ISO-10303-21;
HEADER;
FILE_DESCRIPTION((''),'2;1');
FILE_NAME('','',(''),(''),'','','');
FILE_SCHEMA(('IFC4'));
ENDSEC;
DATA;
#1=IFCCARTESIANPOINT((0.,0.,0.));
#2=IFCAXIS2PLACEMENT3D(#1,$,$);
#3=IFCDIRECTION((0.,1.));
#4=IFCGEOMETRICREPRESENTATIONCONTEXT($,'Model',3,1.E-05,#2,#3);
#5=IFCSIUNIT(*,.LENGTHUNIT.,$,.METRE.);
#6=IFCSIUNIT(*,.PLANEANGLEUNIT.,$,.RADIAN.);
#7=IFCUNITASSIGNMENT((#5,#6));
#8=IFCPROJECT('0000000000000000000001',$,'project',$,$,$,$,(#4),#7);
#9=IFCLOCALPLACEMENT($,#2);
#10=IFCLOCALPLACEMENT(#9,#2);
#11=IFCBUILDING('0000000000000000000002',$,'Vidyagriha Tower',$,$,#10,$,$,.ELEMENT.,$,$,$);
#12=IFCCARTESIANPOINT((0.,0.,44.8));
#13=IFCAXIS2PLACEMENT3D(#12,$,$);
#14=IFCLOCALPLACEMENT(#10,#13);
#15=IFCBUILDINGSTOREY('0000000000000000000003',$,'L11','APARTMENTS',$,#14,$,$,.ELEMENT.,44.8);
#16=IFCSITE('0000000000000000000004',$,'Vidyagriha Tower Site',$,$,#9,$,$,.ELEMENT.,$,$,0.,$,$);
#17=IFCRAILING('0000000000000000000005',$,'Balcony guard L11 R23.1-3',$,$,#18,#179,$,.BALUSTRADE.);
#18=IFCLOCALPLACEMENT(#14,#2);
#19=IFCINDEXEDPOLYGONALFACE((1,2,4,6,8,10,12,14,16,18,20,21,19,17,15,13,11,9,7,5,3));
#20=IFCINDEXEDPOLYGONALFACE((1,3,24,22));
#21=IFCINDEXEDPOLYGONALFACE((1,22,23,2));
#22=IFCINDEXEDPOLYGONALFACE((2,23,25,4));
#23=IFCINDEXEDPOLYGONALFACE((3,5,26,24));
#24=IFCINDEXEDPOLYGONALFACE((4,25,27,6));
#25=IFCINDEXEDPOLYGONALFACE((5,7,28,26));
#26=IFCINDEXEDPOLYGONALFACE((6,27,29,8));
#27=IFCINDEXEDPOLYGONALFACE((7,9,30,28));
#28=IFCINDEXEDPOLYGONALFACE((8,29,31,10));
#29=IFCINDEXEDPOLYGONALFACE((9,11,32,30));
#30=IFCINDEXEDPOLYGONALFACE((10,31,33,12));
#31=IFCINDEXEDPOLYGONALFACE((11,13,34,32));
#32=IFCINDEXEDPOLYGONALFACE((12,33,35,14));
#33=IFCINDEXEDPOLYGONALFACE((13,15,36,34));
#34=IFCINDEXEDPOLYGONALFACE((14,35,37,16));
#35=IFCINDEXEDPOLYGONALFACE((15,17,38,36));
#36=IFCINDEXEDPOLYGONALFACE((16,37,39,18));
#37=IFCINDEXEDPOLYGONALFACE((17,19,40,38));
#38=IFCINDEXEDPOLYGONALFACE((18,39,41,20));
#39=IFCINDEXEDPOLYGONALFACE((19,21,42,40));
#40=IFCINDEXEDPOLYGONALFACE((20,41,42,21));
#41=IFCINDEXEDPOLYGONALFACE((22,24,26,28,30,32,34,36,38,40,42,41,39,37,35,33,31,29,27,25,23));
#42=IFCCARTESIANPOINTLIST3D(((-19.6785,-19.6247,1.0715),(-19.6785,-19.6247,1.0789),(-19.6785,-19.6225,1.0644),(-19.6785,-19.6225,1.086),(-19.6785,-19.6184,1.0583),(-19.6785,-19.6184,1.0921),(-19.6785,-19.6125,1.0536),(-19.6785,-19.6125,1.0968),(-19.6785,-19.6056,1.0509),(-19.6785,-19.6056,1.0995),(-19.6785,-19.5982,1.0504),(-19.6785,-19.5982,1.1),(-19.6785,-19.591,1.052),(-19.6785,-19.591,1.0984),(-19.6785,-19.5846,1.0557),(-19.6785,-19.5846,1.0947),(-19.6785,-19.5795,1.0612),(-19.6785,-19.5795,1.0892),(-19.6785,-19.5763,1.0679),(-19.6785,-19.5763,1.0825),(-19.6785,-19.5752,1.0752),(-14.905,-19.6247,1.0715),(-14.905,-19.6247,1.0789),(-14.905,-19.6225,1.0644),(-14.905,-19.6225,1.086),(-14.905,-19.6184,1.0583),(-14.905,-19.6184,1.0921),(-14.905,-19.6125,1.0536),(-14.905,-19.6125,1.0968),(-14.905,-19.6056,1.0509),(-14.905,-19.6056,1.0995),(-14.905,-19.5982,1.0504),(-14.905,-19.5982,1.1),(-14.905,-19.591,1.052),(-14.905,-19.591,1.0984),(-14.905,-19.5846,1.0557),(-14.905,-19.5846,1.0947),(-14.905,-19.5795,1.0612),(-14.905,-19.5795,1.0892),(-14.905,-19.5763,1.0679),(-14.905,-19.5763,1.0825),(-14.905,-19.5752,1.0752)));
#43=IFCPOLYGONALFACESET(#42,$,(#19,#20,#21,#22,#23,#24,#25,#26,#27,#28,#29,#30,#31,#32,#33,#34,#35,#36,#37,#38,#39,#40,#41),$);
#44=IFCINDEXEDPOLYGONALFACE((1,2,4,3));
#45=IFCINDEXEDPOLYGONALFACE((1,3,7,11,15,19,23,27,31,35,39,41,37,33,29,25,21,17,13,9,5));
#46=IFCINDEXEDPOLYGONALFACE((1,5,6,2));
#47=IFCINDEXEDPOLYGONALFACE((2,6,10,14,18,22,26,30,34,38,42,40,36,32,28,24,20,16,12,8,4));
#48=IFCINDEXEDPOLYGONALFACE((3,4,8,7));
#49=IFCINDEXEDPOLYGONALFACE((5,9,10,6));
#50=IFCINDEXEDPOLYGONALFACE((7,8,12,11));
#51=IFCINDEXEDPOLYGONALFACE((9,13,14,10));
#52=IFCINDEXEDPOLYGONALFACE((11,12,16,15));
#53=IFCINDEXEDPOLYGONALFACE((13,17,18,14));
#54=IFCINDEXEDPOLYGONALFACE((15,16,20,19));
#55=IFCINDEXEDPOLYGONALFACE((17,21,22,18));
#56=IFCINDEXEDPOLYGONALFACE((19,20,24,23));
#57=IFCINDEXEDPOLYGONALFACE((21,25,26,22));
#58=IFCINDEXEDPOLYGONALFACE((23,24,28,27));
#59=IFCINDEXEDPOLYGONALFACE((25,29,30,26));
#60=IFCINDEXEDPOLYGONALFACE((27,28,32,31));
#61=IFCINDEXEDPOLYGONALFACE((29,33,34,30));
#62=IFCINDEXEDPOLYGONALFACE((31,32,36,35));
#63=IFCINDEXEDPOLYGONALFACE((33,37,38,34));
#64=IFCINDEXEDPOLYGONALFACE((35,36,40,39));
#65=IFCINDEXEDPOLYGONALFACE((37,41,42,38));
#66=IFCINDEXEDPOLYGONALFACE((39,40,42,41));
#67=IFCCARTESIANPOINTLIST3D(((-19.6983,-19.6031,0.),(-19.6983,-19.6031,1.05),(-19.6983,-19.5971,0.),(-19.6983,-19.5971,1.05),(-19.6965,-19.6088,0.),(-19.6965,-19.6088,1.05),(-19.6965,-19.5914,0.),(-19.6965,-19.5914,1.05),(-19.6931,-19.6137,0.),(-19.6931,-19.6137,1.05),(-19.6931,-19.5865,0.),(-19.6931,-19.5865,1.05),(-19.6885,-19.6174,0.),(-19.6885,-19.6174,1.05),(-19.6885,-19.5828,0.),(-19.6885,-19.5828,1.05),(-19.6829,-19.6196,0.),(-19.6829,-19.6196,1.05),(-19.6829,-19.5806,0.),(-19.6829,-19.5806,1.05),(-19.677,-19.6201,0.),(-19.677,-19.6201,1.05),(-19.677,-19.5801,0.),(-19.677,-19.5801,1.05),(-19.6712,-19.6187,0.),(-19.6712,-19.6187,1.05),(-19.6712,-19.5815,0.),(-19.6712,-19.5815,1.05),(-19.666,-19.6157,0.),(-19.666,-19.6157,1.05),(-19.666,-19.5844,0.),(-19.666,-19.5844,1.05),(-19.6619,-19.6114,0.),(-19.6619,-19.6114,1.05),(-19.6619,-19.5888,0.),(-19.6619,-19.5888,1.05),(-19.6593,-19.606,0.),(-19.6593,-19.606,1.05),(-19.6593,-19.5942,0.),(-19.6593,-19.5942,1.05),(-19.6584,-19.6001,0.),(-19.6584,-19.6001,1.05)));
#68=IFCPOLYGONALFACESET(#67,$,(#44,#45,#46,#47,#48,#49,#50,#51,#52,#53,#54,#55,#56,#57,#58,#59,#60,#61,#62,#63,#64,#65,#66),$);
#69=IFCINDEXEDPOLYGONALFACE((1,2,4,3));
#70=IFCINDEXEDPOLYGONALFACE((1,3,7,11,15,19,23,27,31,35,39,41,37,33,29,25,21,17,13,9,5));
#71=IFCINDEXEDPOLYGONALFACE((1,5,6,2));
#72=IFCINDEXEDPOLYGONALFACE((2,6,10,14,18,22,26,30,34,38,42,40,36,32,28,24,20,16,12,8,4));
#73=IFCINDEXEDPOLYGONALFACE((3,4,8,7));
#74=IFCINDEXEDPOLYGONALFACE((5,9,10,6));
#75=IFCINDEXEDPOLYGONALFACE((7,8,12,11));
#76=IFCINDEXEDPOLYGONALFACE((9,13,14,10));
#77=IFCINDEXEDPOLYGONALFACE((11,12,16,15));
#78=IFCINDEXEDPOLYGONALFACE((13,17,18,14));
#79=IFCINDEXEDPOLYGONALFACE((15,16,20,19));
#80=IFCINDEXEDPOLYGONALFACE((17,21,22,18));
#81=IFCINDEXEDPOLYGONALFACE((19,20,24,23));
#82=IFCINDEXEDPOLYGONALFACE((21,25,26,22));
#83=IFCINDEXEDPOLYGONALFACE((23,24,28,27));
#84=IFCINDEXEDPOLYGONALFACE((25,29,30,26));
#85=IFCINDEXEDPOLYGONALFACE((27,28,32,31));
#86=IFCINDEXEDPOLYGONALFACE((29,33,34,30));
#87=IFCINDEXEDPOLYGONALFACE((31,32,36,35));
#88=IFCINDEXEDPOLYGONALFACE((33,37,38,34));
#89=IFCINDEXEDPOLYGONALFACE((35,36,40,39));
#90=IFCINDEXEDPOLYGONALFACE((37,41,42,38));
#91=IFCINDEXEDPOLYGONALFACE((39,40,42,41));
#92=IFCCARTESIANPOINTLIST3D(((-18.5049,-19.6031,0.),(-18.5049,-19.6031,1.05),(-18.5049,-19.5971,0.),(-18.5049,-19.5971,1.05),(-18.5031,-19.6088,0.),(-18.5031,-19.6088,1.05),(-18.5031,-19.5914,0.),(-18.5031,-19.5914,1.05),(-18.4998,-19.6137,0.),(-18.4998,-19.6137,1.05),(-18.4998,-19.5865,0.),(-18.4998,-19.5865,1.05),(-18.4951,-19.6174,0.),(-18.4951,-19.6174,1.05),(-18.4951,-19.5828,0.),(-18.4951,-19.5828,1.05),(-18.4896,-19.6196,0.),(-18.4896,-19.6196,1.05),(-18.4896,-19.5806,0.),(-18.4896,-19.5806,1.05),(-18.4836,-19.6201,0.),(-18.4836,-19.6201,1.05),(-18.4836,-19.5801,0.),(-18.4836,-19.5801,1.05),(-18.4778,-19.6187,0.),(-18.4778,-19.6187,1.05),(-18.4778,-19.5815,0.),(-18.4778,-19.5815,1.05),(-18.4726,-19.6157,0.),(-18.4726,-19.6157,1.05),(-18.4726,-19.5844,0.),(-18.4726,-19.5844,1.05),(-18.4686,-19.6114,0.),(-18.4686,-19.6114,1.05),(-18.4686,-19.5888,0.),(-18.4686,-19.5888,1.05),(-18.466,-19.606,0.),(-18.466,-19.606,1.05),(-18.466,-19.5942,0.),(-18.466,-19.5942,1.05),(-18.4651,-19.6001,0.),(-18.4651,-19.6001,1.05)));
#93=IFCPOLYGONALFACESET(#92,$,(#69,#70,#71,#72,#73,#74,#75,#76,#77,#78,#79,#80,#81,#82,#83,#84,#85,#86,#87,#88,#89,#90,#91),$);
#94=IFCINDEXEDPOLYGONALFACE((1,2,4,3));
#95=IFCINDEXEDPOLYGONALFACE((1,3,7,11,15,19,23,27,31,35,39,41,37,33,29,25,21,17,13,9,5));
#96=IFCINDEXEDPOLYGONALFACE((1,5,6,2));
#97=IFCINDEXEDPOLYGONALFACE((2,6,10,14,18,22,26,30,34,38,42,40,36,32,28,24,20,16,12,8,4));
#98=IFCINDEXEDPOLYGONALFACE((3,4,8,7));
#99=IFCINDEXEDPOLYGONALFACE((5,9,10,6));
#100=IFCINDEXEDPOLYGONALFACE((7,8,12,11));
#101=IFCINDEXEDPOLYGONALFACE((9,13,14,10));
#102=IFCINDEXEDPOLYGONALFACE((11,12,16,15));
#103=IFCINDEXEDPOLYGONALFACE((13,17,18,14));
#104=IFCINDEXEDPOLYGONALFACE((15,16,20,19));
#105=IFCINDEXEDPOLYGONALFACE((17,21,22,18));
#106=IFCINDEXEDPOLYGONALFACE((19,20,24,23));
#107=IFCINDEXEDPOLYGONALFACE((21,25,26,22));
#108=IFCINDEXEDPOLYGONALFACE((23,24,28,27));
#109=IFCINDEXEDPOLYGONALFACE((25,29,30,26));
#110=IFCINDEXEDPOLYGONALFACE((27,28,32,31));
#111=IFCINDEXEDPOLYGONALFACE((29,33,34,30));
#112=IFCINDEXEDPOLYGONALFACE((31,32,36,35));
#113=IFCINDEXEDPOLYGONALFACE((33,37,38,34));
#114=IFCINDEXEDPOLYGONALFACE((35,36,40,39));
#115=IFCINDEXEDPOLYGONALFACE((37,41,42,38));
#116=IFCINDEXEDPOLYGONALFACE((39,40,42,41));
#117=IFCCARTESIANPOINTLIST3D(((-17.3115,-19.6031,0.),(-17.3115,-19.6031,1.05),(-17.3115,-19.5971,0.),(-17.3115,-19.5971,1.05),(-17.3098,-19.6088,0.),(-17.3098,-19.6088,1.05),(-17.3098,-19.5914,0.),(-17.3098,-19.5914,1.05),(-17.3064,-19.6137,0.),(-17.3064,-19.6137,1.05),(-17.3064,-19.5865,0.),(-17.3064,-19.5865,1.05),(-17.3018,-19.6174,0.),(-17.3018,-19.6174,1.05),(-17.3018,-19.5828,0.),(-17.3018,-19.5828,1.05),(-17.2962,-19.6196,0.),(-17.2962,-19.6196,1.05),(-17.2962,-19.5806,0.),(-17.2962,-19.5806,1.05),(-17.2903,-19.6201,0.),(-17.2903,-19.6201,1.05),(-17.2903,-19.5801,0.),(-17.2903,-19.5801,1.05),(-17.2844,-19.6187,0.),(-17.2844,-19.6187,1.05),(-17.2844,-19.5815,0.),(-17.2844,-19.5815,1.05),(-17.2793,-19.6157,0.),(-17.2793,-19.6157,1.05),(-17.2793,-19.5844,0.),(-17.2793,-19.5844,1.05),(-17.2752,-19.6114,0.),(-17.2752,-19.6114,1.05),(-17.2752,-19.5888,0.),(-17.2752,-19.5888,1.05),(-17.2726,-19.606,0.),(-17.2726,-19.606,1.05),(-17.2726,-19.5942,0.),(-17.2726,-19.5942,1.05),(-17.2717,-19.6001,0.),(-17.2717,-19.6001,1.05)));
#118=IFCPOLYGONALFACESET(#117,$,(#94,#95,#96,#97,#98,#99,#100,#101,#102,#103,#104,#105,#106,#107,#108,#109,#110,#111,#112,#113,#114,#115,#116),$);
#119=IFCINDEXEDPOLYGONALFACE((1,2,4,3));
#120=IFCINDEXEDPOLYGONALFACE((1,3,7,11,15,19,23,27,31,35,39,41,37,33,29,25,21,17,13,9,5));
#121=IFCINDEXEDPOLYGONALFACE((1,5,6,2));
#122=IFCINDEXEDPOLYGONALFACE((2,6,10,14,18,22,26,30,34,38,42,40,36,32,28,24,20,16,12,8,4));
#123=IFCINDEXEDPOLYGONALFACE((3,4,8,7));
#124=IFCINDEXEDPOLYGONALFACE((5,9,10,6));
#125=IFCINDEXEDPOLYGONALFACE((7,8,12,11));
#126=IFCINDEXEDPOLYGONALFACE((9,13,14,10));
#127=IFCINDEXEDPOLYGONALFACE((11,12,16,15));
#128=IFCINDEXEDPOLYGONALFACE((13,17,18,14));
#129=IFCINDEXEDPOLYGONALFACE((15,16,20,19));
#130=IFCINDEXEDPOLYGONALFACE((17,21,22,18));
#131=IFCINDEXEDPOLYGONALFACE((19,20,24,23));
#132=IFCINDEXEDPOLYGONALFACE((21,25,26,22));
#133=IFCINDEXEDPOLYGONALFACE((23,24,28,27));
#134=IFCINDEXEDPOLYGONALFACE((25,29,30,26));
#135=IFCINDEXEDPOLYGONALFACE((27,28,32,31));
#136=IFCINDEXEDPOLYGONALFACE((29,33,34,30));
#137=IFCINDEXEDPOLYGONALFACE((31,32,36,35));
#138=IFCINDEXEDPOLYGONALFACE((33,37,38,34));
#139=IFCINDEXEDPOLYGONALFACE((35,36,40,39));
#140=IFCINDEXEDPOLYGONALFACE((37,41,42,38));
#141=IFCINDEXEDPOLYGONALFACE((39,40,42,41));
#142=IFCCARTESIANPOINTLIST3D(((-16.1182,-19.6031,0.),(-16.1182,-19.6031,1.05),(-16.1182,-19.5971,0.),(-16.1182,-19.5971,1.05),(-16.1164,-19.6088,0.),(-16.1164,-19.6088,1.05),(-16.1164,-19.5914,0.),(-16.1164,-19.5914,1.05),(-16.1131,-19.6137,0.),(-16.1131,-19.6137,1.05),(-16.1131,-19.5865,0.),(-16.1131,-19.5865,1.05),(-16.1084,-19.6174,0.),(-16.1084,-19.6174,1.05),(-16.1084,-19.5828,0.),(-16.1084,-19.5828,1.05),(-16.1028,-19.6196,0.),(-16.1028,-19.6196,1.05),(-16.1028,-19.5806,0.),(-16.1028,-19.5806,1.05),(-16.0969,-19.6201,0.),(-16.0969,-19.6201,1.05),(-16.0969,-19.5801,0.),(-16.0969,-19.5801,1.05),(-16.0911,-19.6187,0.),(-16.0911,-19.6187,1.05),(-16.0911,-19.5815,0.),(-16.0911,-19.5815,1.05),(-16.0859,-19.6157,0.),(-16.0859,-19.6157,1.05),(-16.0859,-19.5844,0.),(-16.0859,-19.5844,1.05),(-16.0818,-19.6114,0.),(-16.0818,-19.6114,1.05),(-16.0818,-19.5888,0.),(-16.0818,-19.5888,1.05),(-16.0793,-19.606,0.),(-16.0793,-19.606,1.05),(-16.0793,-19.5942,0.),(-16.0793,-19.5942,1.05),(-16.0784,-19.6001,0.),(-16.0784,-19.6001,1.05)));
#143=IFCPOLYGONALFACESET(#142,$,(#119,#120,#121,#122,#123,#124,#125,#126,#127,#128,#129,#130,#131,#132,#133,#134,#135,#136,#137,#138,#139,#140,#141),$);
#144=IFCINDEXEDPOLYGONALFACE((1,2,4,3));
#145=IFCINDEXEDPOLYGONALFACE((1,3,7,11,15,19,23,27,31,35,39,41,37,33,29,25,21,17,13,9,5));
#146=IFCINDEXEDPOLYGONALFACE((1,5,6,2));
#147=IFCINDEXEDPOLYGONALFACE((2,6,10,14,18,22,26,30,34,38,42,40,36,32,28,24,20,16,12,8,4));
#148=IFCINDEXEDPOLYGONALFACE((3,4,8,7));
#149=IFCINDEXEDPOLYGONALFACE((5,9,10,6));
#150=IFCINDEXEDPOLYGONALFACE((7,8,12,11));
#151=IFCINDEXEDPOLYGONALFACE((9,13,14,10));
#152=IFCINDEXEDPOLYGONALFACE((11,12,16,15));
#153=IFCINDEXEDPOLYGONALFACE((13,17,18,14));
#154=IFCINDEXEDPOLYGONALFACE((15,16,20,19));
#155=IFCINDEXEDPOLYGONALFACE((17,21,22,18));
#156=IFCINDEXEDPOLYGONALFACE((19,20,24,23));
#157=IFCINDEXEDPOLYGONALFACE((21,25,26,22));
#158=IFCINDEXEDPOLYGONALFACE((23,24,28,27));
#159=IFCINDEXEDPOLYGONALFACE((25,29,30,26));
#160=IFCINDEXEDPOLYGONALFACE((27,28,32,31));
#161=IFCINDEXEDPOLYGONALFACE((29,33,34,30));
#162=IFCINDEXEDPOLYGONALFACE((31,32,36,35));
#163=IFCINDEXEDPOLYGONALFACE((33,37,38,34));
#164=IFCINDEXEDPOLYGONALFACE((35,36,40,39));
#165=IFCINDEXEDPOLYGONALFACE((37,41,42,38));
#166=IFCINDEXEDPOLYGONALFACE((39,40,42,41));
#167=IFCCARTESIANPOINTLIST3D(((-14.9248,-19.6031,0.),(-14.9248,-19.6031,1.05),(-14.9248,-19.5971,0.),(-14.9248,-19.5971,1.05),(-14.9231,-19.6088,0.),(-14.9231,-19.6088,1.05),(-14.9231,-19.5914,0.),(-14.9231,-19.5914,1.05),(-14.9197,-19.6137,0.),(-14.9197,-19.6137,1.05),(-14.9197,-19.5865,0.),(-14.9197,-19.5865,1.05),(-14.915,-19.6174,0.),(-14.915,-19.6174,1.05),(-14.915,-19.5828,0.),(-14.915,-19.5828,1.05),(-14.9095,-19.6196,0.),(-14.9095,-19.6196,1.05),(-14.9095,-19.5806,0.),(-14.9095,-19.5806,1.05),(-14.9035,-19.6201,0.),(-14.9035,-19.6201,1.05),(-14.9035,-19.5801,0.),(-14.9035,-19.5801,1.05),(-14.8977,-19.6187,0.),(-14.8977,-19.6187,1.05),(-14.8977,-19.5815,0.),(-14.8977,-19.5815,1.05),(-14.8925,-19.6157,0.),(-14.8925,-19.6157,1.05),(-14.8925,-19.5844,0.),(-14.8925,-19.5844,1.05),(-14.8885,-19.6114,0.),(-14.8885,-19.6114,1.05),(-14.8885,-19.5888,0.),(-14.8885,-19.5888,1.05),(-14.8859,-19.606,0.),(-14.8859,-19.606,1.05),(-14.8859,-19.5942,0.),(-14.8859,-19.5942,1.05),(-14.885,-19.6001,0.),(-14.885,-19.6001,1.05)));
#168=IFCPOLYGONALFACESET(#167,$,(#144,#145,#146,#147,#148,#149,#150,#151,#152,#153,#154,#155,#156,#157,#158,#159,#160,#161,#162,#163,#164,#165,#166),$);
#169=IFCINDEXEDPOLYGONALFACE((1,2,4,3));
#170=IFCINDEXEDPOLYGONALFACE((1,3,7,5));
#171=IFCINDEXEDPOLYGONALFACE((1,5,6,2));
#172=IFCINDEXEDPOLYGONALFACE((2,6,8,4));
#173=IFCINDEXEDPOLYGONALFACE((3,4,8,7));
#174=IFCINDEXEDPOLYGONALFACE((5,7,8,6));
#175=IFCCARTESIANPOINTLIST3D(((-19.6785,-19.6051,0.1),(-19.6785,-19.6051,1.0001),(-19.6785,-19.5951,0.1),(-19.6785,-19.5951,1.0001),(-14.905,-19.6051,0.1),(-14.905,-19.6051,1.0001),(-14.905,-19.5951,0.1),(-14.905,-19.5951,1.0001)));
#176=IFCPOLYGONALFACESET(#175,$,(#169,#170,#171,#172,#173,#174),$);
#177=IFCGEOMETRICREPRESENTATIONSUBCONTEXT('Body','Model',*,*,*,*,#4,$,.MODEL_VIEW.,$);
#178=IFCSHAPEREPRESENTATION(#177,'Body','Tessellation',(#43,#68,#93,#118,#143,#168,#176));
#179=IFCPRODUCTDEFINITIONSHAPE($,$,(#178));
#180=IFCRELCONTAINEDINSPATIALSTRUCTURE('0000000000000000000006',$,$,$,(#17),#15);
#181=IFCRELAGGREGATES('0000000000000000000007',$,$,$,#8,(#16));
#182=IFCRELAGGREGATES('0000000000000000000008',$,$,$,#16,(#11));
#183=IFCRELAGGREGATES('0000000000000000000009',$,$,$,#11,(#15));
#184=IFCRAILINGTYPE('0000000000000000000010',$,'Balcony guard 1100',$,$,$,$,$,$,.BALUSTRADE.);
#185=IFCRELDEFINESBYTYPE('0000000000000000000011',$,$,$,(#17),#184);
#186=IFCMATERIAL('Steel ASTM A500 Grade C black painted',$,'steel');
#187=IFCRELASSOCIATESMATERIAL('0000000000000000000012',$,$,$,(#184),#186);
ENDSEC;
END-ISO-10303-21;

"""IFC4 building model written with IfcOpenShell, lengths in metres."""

from ifc_helpers import new_model, si_unit, direction, frame, origin, origin_2d, place, context, subcontext, project, spatial, rectangle, circle, extrude, material, type_object, element, save


model = new_model("IFC4")

# Units and contexts
model_context = context("Model", 3, precision=1e-05, world=origin(), true_north=direction((0.0, 1.0)))
body_context = subcontext(model_context, "Body", "Model", "MODEL_VIEW")
ifc_project = project(units=[si_unit("LENGTHUNIT", "METRE"), si_unit("PLANEANGLEUNIT", "RADIAN")], contexts=[model_context])

# Site, building, storey
site_placement = place(None, origin())
site = spatial("IfcSite", under=ifc_project, at=site_placement, Name="Vidyagriha Tower Site", CompositionType="ELEMENT", RefElevation=0.0)
building_placement = place(site_placement, origin())
building = spatial("IfcBuilding", under=site, at=building_placement, Name="Vidyagriha Tower", CompositionType="ELEMENT")
storey_placement = place(building_placement, frame((0.0, 0.0, 44.8)))
storey = spatial("IfcBuildingStorey", under=building, at=storey_placement, Name="L11", Description="APARTMENTS", CompositionType="ELEMENT", Elevation=44.8)

# Railing
ifc_material_1 = material(Name="Steel ASTM A500 Grade C black painted", Category="steel")
railing_type = type_object("IfcRailingType", Name="Balcony guard 1100", PredefinedType="BALUSTRADE", material=ifc_material_1)
railing_1_placement = place(storey_placement, frame((-19.6785, -19.6001, 0.0)))
element("IfcRailing", 1, at=railing_1_placement, inside=storey, type_object=railing_type, Name="Balcony guard L11 R23.1-3", PredefinedType="BALUSTRADE", context=body_context, shape_type="SweptSolid", body=[
    extrude(circle(Radius=0.0249, at=origin_2d()), frame((0.0, 0.0, 1.0752), z_axis=(1.0, 0.0, 0.0), x_axis=(0.0, 1.0, 0.0)), (0.0, 0.0, 1.0), 4.7734),
    extrude(circle(Radius=0.02, at=origin_2d()), origin(), (0.0, 0.0, 1.0), 1.05),
    extrude(circle(Radius=0.02, at=origin_2d()), frame((1.1934, 0.0, 0.0)), (0.0, 0.0, 1.0), 1.05),
    extrude(circle(Radius=0.02, at=origin_2d()), frame((2.3867, 0.0, 0.0)), (0.0, 0.0, 1.0), 1.05),
    extrude(circle(Radius=0.02, at=origin_2d()), frame((3.5801, 0.0, 0.0)), (0.0, 0.0, 1.0), 1.05),
    extrude(circle(Radius=0.02, at=origin_2d()), frame((4.7734, 0.0, 0.0)), (0.0, 0.0, 1.0), 1.05),
    extrude(rectangle(XDim=0.01, YDim=0.9001, at=origin_2d()), frame((0.0, 0.0, 0.55), z_axis=(1.0, 0.0, 0.0), x_axis=(0.0, 1.0, 0.0)), (0.0, 0.0, 1.0), 4.7734),
])

save(model, "model.ifc")
